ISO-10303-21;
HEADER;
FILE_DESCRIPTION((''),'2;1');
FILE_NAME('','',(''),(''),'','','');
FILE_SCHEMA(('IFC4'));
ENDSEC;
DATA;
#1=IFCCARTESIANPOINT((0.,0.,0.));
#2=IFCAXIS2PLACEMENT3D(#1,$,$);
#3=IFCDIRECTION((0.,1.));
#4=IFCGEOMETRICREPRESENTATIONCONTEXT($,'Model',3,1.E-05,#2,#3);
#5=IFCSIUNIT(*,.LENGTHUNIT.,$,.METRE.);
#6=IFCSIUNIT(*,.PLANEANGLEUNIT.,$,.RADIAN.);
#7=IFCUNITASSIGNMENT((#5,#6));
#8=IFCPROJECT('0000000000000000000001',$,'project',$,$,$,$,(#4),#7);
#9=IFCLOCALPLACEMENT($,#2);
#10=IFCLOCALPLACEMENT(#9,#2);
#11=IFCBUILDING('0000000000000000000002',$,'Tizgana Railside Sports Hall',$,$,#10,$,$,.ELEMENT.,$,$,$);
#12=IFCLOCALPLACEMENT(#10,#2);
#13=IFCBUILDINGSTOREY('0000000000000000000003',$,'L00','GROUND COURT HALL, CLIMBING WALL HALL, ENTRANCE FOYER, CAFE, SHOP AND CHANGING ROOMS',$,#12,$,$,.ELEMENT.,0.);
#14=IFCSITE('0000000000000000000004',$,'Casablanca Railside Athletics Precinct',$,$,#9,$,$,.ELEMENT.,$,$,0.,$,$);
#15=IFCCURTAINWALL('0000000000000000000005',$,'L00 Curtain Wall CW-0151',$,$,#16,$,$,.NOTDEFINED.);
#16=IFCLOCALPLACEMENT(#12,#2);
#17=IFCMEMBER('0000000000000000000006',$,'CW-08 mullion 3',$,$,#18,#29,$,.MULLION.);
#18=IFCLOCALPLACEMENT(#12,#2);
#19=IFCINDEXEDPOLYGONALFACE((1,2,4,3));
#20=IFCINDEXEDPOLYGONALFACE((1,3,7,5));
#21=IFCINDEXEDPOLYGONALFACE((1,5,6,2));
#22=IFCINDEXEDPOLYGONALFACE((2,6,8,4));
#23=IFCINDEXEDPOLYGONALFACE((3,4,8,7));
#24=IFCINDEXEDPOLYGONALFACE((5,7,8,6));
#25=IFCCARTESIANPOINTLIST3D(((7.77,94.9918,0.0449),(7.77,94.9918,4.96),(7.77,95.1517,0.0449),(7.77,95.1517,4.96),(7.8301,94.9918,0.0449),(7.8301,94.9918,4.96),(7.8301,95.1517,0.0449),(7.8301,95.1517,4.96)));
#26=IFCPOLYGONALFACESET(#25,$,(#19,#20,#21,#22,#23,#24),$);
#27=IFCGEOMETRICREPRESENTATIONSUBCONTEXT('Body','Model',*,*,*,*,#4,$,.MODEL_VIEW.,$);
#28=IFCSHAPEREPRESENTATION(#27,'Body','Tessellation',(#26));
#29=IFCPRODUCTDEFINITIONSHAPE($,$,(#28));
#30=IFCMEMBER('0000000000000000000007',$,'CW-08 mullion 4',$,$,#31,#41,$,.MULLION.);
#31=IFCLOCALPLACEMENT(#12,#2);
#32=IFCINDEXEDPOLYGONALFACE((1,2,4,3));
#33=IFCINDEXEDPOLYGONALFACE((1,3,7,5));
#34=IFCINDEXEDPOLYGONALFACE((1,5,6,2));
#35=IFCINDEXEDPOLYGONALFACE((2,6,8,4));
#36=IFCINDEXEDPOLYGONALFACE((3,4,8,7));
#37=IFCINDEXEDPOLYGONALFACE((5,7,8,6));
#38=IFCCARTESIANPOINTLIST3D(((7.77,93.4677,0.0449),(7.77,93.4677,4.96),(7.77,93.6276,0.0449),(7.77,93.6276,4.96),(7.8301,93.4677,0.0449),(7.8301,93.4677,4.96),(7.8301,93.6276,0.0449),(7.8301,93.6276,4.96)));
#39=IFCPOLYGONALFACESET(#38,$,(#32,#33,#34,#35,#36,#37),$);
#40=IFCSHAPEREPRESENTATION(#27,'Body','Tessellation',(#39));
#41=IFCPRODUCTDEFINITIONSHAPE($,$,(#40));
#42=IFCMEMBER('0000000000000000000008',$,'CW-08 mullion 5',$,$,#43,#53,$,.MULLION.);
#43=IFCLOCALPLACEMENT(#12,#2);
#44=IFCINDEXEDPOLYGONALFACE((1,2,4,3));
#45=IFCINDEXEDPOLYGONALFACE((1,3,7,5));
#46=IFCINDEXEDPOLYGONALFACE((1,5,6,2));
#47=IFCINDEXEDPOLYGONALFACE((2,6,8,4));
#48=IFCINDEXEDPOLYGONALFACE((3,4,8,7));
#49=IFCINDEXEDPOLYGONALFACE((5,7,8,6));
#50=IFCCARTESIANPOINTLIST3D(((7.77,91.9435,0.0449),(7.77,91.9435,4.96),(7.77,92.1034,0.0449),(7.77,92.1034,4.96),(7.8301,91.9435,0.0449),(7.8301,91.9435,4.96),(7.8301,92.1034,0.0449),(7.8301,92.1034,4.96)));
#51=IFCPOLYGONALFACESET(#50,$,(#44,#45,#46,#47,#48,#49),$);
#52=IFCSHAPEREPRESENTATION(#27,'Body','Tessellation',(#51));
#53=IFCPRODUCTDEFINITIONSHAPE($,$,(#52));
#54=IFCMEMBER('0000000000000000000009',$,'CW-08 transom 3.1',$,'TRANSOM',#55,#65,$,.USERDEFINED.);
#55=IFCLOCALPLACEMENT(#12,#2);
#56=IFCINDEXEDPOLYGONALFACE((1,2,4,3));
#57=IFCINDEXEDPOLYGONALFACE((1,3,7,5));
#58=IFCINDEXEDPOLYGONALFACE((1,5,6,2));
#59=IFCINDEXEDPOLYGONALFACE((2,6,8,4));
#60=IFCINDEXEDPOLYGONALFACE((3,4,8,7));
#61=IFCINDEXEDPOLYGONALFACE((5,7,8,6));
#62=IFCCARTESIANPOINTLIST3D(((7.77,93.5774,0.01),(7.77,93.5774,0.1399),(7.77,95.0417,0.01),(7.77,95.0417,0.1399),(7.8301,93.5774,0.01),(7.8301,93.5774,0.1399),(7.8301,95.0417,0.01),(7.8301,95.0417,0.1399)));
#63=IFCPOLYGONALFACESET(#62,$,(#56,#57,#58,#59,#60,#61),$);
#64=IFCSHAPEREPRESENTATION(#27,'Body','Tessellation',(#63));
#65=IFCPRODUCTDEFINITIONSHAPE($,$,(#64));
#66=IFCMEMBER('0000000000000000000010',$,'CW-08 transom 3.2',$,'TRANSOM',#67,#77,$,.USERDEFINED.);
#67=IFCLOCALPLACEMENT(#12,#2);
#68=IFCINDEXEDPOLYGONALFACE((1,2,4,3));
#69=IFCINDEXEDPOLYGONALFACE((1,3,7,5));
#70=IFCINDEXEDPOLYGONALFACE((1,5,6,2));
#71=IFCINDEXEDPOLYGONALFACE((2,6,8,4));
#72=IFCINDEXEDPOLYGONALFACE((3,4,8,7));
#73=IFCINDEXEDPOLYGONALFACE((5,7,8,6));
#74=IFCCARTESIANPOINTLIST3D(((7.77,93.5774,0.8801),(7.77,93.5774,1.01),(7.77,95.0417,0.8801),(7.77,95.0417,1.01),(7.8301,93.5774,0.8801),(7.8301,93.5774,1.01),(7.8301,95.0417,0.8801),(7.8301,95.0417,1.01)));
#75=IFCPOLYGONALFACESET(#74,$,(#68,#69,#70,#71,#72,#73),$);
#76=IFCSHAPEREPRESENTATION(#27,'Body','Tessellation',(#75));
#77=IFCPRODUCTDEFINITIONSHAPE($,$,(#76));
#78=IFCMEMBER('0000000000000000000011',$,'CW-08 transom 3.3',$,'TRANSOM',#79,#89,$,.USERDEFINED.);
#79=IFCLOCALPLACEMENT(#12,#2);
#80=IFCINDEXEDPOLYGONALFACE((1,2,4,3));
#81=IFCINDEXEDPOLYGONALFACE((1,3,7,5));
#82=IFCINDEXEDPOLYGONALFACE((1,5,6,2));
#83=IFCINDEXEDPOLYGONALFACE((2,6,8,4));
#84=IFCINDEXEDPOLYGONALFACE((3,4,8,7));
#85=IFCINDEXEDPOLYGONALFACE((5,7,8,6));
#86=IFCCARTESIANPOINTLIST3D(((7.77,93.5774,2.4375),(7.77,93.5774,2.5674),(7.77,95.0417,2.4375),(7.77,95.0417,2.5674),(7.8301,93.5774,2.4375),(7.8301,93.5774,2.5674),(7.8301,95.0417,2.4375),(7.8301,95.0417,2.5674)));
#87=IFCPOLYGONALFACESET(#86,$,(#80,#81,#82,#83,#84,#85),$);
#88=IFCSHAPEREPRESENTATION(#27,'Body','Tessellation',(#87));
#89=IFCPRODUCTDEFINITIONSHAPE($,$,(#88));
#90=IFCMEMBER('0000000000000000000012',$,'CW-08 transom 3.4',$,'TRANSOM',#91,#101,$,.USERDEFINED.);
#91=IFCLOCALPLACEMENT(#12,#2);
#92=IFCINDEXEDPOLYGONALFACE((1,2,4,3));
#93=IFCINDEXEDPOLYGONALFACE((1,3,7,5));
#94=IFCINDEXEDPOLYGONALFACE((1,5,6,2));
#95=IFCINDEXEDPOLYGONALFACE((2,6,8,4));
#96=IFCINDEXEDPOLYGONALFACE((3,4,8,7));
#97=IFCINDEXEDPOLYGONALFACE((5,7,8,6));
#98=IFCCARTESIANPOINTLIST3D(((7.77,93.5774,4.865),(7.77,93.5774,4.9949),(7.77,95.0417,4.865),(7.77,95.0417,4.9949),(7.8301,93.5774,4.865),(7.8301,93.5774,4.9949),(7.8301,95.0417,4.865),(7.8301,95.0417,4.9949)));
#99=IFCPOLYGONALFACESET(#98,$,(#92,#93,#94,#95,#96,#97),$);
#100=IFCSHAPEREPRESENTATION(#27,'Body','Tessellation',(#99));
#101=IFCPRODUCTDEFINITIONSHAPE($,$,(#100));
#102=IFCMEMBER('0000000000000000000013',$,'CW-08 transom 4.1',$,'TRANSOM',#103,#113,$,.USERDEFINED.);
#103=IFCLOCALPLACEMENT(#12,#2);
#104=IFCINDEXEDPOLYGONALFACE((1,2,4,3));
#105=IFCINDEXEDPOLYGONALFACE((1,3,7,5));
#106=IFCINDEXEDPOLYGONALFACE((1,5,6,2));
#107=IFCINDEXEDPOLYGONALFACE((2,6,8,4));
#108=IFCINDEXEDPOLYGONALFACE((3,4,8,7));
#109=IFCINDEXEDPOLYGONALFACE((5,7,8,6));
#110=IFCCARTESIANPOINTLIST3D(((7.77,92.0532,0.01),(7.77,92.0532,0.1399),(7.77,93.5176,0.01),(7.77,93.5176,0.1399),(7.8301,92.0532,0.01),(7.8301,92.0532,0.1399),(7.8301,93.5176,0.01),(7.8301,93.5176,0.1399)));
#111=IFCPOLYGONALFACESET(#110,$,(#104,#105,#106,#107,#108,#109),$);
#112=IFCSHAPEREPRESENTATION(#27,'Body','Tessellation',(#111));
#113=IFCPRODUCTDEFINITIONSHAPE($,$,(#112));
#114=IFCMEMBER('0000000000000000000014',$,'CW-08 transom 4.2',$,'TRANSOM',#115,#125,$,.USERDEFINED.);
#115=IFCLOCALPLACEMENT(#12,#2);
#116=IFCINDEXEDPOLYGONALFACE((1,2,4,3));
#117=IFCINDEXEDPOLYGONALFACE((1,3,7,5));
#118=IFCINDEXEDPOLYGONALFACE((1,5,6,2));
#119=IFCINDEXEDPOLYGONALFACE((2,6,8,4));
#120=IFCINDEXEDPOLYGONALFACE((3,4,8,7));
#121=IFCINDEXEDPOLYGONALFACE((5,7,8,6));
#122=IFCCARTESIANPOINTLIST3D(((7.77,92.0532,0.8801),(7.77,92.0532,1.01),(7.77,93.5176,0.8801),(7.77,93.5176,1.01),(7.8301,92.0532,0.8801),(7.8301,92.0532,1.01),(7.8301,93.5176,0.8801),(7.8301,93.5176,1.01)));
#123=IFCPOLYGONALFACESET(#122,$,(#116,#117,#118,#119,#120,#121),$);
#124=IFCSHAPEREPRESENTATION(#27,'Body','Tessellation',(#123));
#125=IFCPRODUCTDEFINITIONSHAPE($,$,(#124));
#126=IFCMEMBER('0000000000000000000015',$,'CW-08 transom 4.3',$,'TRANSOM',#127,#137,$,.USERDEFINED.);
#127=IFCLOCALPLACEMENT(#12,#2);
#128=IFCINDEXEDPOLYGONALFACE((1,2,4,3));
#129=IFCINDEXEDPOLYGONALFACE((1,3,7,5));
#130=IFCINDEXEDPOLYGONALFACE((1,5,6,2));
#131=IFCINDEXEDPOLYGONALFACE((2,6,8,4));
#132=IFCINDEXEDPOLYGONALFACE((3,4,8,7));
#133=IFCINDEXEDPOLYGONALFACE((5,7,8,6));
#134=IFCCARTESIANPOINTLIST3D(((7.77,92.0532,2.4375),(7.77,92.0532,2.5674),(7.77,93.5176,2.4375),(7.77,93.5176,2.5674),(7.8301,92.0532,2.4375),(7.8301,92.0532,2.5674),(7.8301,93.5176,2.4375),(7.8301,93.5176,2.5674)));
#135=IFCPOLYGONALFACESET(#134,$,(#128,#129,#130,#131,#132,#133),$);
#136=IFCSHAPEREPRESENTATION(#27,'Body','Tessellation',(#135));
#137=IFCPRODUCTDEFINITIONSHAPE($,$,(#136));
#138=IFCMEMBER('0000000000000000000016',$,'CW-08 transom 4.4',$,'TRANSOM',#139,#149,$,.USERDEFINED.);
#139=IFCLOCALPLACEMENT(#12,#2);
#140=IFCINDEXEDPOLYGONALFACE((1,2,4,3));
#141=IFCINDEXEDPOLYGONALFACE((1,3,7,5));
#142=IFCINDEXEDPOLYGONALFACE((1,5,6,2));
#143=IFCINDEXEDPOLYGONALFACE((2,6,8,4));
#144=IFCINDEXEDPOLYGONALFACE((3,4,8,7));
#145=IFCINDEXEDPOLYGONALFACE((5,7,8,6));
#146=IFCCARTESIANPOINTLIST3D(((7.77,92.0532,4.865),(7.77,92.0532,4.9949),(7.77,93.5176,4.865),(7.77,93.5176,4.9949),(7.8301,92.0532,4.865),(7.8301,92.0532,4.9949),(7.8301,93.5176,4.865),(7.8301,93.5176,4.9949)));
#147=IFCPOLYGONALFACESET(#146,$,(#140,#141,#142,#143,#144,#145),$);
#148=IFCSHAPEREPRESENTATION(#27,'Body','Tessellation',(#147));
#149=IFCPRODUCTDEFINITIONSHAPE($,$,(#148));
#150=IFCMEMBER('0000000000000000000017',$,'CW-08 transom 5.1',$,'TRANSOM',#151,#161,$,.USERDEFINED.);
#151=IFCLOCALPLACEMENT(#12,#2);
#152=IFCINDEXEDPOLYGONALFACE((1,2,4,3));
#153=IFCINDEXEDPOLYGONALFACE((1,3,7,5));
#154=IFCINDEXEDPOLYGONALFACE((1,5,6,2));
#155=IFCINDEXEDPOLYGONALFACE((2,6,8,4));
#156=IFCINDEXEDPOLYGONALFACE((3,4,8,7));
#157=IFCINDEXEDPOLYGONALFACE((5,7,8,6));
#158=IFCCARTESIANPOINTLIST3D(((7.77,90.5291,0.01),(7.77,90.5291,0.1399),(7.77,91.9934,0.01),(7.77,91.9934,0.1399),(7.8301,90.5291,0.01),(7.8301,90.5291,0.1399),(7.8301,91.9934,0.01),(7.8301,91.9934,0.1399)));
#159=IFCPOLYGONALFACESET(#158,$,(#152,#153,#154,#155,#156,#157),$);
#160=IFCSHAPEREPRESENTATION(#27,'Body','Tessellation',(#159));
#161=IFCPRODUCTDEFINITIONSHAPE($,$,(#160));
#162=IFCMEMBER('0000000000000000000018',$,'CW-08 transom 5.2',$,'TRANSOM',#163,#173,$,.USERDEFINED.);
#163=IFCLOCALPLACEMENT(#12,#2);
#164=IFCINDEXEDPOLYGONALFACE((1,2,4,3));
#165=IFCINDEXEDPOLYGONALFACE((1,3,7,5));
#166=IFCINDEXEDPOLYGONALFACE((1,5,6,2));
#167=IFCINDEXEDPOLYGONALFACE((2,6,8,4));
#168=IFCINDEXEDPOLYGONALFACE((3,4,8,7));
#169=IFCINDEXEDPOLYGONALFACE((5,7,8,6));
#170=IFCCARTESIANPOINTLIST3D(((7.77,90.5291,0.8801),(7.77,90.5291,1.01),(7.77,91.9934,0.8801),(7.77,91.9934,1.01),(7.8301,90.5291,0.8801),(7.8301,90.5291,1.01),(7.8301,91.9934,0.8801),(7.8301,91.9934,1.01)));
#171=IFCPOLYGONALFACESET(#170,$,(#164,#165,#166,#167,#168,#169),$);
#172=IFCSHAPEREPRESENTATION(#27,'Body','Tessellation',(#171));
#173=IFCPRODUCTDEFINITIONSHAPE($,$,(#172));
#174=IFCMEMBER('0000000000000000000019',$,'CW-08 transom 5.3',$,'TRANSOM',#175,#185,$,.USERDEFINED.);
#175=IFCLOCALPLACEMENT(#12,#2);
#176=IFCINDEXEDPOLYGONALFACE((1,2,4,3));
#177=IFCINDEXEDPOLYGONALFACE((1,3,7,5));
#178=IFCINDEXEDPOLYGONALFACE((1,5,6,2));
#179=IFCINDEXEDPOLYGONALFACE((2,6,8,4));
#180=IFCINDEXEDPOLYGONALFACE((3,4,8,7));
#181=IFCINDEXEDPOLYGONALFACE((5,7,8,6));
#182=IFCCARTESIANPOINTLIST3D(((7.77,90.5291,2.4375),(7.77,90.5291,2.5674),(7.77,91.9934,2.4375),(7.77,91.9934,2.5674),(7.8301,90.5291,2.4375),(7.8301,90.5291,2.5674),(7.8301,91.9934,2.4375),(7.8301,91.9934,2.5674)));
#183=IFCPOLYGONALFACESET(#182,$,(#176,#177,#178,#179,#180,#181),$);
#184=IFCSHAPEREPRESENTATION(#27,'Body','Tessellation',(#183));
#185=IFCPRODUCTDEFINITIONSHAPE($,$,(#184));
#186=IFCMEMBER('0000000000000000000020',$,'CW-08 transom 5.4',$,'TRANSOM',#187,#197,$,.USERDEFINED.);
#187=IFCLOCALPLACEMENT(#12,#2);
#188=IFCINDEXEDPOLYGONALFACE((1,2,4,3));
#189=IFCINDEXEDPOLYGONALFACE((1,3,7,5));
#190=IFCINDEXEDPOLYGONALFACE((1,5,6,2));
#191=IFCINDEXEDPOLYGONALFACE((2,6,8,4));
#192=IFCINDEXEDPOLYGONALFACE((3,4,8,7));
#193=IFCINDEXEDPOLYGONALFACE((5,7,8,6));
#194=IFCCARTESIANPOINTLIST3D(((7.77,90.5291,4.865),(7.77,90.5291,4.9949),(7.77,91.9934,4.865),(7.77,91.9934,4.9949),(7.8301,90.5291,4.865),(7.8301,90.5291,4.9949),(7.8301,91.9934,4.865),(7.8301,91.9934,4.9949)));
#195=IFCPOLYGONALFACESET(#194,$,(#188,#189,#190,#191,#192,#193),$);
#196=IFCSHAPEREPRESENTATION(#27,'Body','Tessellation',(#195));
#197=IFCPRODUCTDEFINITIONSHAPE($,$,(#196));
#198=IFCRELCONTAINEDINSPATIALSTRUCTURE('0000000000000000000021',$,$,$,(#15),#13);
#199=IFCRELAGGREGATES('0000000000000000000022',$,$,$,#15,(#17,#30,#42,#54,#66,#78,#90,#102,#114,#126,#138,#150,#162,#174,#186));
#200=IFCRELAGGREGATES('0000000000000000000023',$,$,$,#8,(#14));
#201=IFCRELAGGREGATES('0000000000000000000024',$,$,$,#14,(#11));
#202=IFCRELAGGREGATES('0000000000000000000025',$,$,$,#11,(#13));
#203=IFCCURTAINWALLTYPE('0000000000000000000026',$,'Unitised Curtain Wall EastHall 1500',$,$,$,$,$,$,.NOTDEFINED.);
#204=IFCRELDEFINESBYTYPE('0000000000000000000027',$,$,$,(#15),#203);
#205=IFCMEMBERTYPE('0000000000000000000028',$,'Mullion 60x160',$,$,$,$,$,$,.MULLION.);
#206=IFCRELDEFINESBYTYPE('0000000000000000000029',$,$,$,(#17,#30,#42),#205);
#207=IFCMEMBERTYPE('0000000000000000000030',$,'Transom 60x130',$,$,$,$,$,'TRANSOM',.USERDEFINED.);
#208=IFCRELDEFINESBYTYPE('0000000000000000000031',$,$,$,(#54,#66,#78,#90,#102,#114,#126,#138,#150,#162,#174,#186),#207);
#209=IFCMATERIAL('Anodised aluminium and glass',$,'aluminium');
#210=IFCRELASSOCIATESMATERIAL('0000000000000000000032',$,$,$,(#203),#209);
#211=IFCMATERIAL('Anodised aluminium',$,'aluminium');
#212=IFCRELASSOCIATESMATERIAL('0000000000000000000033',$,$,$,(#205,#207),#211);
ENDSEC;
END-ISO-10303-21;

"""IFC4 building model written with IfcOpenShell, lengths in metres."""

from ifc_helpers import new_model, si_unit, direction, frame, origin, origin_2d, place, context, subcontext, project, spatial, rectangle, extrude, material, material_profile, profile_set, type_object, element, aggregate, save


model = new_model("IFC4")

# Units and contexts
model_context = context("Model", 3, precision=1e-05, world=origin(), true_north=direction((0.0, 1.0)))
body_context = subcontext(model_context, "Body", "Model", "MODEL_VIEW")
ifc_project = project(units=[si_unit("LENGTHUNIT", "METRE"), si_unit("PLANEANGLEUNIT", "RADIAN")], contexts=[model_context])

# Site, building, storey
site_placement = place(None, origin())
site = spatial("IfcSite", under=ifc_project, at=site_placement, Name="Casablanca Railside Athletics Precinct", CompositionType="ELEMENT", RefElevation=0.0)
building_placement = place(site_placement, origin())
building = spatial("IfcBuilding", under=site, at=building_placement, Name="Tizgana Railside Sports Hall", CompositionType="ELEMENT")
storey_placement = place(building_placement, origin())
storey = spatial("IfcBuildingStorey", under=building, at=storey_placement, Name="L00", Description="GROUND COURT HALL, CLIMBING WALL HALL, ENTRANCE FOYER, CAFE, SHOP AND CHANGING ROOMS", CompositionType="ELEMENT", Elevation=0.0)

# Curtain wall, members
ifc_material_1 = material(Name="Anodised aluminium and glass", Category="aluminium")
curtain_wall_type = type_object("IfcCurtainWallType", Name="Unitised Curtain Wall EastHall 1500", PredefinedType="NOTDEFINED", material=ifc_material_1)
curtain_wall_placement = place(storey_placement, origin())
curtain_wall = element("IfcCurtainWall", 1, at=curtain_wall_placement, inside=storey, type_object=curtain_wall_type, Name="L00 Curtain Wall CW-0151", PredefinedType="NOTDEFINED")
ifc_material_2 = material(Name="Anodised aluminium", Category="aluminium")
ifc_material_profile_1 = material_profile(ifc_material_2, rectangle(XDim=0.0601, YDim=0.1599, at=origin_2d()), Name="Mullion 60x160")
ifc_profile_set_1 = profile_set([ifc_material_profile_1], Name="Anodised aluminium")
member_type_1 = type_object("IfcMemberType", Name="Mullion 60x160", PredefinedType="MULLION", material=ifc_profile_set_1)
member_1_placement = place(storey_placement, frame((7.8, 95.0718, 0.0449), z_axis=(0.0, 0.0, 1.0), x_axis=(1.0, 0.0, 0.0)))
member_1 = element("IfcMember", 2, at=member_1_placement, type_object=member_type_1, Name="CW-08 mullion 3", PredefinedType="MULLION", context=body_context, shape_type="SweptSolid", body=[
    extrude(rectangle(XDim=0.0601, YDim=0.1599, at=origin_2d()), origin(), (0.0, 0.0, 1.0), 4.915),
])
member_2_placement = place(storey_placement, frame((7.8, 93.5476, 0.0449), z_axis=(0.0, 0.0, 1.0), x_axis=(1.0, 0.0, 0.0)))
member_2 = element("IfcMember", 3, at=member_2_placement, type_object=member_type_1, Name="CW-08 mullion 4", PredefinedType="MULLION", context=body_context, shape_type="SweptSolid", body=[
    extrude(rectangle(XDim=0.0601, YDim=0.1599, at=origin_2d()), origin(), (0.0, 0.0, 1.0), 4.915),
])
member_3_placement = place(storey_placement, frame((7.8, 92.0234, 0.0449), z_axis=(0.0, 0.0, 1.0), x_axis=(1.0, 0.0, 0.0)))
member_3 = element("IfcMember", 4, at=member_3_placement, type_object=member_type_1, Name="CW-08 mullion 5", PredefinedType="MULLION", context=body_context, shape_type="SweptSolid", body=[
    extrude(rectangle(XDim=0.0601, YDim=0.1599, at=origin_2d()), origin(), (0.0, 0.0, 1.0), 4.915),
])
ifc_material_profile_2 = material_profile(ifc_material_2, rectangle(XDim=0.0601, YDim=0.1299, at=origin_2d()), Name="Transom 60x130")
ifc_profile_set_2 = profile_set([ifc_material_profile_2], Name="Anodised aluminium")
member_type_2 = type_object("IfcMemberType", Name="Transom 60x130", ElementType="TRANSOM", PredefinedType="USERDEFINED", material=ifc_profile_set_2)
member_4_placement = place(storey_placement, frame((7.8, 95.0417, 0.075), z_axis=(0.0, -1.0, 0.0), x_axis=(1.0, 0.0, 0.0)))
member_4 = element("IfcMember", 5, at=member_4_placement, type_object=member_type_2, Name="CW-08 transom 3.1", ObjectType="TRANSOM", PredefinedType="USERDEFINED", context=body_context, shape_type="SweptSolid", body=[
    extrude(rectangle(XDim=0.0601, YDim=0.1299, at=origin_2d()), origin(), (0.0, 0.0, 1.0), 1.4644),
])
member_5_placement = place(storey_placement, frame((7.8, 95.0417, 0.9451), z_axis=(0.0, -1.0, 0.0), x_axis=(1.0, 0.0, 0.0)))
member_5 = element("IfcMember", 6, at=member_5_placement, type_object=member_type_2, Name="CW-08 transom 3.2", ObjectType="TRANSOM", PredefinedType="USERDEFINED", context=body_context, shape_type="SweptSolid", body=[
    extrude(rectangle(XDim=0.0601, YDim=0.1299, at=origin_2d()), origin(), (0.0, 0.0, 1.0), 1.4644),
])
member_6_placement = place(storey_placement, frame((7.8, 95.0417, 2.5024), z_axis=(0.0, -1.0, 0.0), x_axis=(1.0, 0.0, 0.0)))
member_6 = element("IfcMember", 7, at=member_6_placement, type_object=member_type_2, Name="CW-08 transom 3.3", ObjectType="TRANSOM", PredefinedType="USERDEFINED", context=body_context, shape_type="SweptSolid", body=[
    extrude(rectangle(XDim=0.0601, YDim=0.1299, at=origin_2d()), origin(), (0.0, 0.0, 1.0), 1.4644),
])
member_7_placement = place(storey_placement, frame((7.8, 95.0417, 4.9299), z_axis=(0.0, -1.0, 0.0), x_axis=(1.0, 0.0, 0.0)))
member_7 = element("IfcMember", 8, at=member_7_placement, type_object=member_type_2, Name="CW-08 transom 3.4", ObjectType="TRANSOM", PredefinedType="USERDEFINED", context=body_context, shape_type="SweptSolid", body=[
    extrude(rectangle(XDim=0.0601, YDim=0.1299, at=origin_2d()), origin(), (0.0, 0.0, 1.0), 1.4644),
])
member_8_placement = place(storey_placement, frame((7.8, 93.5176, 0.075), z_axis=(0.0, -1.0, 0.0), x_axis=(1.0, 0.0, 0.0)))
member_8 = element("IfcMember", 9, at=member_8_placement, type_object=member_type_2, Name="CW-08 transom 4.1", ObjectType="TRANSOM", PredefinedType="USERDEFINED", context=body_context, shape_type="SweptSolid", body=[
    extrude(rectangle(XDim=0.0601, YDim=0.1299, at=origin_2d()), origin(), (0.0, 0.0, 1.0), 1.4644),
])
member_9_placement = place(storey_placement, frame((7.8, 93.5176, 0.9451), z_axis=(0.0, -1.0, 0.0), x_axis=(1.0, 0.0, 0.0)))
member_9 = element("IfcMember", 10, at=member_9_placement, type_object=member_type_2, Name="CW-08 transom 4.2", ObjectType="TRANSOM", PredefinedType="USERDEFINED", context=body_context, shape_type="SweptSolid", body=[
    extrude(rectangle(XDim=0.0601, YDim=0.1299, at=origin_2d()), origin(), (0.0, 0.0, 1.0), 1.4644),
])
member_10_placement = place(storey_placement, frame((7.8, 93.5176, 2.5024), z_axis=(0.0, -1.0, 0.0), x_axis=(1.0, 0.0, 0.0)))
member_10 = element("IfcMember", 11, at=member_10_placement, type_object=member_type_2, Name="CW-08 transom 4.3", ObjectType="TRANSOM", PredefinedType="USERDEFINED", context=body_context, shape_type="SweptSolid", body=[
    extrude(rectangle(XDim=0.0601, YDim=0.1299, at=origin_2d()), origin(), (0.0, 0.0, 1.0), 1.4644),
])
member_11_placement = place(storey_placement, frame((7.8, 93.5176, 4.9299), z_axis=(0.0, -1.0, 0.0), x_axis=(1.0, 0.0, 0.0)))
member_11 = element("IfcMember", 12, at=member_11_placement, type_object=member_type_2, Name="CW-08 transom 4.4", ObjectType="TRANSOM", PredefinedType="USERDEFINED", context=body_context, shape_type="SweptSolid", body=[
    extrude(rectangle(XDim=0.0601, YDim=0.1299, at=origin_2d()), origin(), (0.0, 0.0, 1.0), 1.4644),
])
member_12_placement = place(storey_placement, frame((7.8, 91.9934, 0.075), z_axis=(0.0, -1.0, 0.0), x_axis=(1.0, 0.0, 0.0)))
member_12 = element("IfcMember", 13, at=member_12_placement, type_object=member_type_2, Name="CW-08 transom 5.1", ObjectType="TRANSOM", PredefinedType="USERDEFINED", context=body_context, shape_type="SweptSolid", body=[
    extrude(rectangle(XDim=0.0601, YDim=0.1299, at=origin_2d()), origin(), (0.0, 0.0, 1.0), 1.4644),
])
member_13_placement = place(storey_placement, frame((7.8, 91.9934, 0.9451), z_axis=(0.0, -1.0, 0.0), x_axis=(1.0, 0.0, 0.0)))
member_13 = element("IfcMember", 14, at=member_13_placement, type_object=member_type_2, Name="CW-08 transom 5.2", ObjectType="TRANSOM", PredefinedType="USERDEFINED", context=body_context, shape_type="SweptSolid", body=[
    extrude(rectangle(XDim=0.0601, YDim=0.1299, at=origin_2d()), origin(), (0.0, 0.0, 1.0), 1.4644),
])
member_14_placement = place(storey_placement, frame((7.8, 91.9934, 2.5024), z_axis=(0.0, -1.0, 0.0), x_axis=(1.0, 0.0, 0.0)))
member_14 = element("IfcMember", 15, at=member_14_placement, type_object=member_type_2, Name="CW-08 transom 5.3", ObjectType="TRANSOM", PredefinedType="USERDEFINED", context=body_context, shape_type="SweptSolid", body=[
    extrude(rectangle(XDim=0.0601, YDim=0.1299, at=origin_2d()), origin(), (0.0, 0.0, 1.0), 1.4644),
])
member_15_placement = place(storey_placement, frame((7.8, 91.9934, 4.9299), z_axis=(0.0, -1.0, 0.0), x_axis=(1.0, 0.0, 0.0)))
member_15 = element("IfcMember", 16, at=member_15_placement, type_object=member_type_2, Name="CW-08 transom 5.4", ObjectType="TRANSOM", PredefinedType="USERDEFINED", context=body_context, shape_type="SweptSolid", body=[
    extrude(rectangle(XDim=0.0601, YDim=0.1299, at=origin_2d()), origin(), (0.0, 0.0, 1.0), 1.4644),
])
aggregate(curtain_wall, [member_1, member_2, member_3, member_4, member_5, member_6, member_7, member_8, member_9, member_10, member_11, member_12, member_13, member_14, member_15])

save(model, "model.ifc")
